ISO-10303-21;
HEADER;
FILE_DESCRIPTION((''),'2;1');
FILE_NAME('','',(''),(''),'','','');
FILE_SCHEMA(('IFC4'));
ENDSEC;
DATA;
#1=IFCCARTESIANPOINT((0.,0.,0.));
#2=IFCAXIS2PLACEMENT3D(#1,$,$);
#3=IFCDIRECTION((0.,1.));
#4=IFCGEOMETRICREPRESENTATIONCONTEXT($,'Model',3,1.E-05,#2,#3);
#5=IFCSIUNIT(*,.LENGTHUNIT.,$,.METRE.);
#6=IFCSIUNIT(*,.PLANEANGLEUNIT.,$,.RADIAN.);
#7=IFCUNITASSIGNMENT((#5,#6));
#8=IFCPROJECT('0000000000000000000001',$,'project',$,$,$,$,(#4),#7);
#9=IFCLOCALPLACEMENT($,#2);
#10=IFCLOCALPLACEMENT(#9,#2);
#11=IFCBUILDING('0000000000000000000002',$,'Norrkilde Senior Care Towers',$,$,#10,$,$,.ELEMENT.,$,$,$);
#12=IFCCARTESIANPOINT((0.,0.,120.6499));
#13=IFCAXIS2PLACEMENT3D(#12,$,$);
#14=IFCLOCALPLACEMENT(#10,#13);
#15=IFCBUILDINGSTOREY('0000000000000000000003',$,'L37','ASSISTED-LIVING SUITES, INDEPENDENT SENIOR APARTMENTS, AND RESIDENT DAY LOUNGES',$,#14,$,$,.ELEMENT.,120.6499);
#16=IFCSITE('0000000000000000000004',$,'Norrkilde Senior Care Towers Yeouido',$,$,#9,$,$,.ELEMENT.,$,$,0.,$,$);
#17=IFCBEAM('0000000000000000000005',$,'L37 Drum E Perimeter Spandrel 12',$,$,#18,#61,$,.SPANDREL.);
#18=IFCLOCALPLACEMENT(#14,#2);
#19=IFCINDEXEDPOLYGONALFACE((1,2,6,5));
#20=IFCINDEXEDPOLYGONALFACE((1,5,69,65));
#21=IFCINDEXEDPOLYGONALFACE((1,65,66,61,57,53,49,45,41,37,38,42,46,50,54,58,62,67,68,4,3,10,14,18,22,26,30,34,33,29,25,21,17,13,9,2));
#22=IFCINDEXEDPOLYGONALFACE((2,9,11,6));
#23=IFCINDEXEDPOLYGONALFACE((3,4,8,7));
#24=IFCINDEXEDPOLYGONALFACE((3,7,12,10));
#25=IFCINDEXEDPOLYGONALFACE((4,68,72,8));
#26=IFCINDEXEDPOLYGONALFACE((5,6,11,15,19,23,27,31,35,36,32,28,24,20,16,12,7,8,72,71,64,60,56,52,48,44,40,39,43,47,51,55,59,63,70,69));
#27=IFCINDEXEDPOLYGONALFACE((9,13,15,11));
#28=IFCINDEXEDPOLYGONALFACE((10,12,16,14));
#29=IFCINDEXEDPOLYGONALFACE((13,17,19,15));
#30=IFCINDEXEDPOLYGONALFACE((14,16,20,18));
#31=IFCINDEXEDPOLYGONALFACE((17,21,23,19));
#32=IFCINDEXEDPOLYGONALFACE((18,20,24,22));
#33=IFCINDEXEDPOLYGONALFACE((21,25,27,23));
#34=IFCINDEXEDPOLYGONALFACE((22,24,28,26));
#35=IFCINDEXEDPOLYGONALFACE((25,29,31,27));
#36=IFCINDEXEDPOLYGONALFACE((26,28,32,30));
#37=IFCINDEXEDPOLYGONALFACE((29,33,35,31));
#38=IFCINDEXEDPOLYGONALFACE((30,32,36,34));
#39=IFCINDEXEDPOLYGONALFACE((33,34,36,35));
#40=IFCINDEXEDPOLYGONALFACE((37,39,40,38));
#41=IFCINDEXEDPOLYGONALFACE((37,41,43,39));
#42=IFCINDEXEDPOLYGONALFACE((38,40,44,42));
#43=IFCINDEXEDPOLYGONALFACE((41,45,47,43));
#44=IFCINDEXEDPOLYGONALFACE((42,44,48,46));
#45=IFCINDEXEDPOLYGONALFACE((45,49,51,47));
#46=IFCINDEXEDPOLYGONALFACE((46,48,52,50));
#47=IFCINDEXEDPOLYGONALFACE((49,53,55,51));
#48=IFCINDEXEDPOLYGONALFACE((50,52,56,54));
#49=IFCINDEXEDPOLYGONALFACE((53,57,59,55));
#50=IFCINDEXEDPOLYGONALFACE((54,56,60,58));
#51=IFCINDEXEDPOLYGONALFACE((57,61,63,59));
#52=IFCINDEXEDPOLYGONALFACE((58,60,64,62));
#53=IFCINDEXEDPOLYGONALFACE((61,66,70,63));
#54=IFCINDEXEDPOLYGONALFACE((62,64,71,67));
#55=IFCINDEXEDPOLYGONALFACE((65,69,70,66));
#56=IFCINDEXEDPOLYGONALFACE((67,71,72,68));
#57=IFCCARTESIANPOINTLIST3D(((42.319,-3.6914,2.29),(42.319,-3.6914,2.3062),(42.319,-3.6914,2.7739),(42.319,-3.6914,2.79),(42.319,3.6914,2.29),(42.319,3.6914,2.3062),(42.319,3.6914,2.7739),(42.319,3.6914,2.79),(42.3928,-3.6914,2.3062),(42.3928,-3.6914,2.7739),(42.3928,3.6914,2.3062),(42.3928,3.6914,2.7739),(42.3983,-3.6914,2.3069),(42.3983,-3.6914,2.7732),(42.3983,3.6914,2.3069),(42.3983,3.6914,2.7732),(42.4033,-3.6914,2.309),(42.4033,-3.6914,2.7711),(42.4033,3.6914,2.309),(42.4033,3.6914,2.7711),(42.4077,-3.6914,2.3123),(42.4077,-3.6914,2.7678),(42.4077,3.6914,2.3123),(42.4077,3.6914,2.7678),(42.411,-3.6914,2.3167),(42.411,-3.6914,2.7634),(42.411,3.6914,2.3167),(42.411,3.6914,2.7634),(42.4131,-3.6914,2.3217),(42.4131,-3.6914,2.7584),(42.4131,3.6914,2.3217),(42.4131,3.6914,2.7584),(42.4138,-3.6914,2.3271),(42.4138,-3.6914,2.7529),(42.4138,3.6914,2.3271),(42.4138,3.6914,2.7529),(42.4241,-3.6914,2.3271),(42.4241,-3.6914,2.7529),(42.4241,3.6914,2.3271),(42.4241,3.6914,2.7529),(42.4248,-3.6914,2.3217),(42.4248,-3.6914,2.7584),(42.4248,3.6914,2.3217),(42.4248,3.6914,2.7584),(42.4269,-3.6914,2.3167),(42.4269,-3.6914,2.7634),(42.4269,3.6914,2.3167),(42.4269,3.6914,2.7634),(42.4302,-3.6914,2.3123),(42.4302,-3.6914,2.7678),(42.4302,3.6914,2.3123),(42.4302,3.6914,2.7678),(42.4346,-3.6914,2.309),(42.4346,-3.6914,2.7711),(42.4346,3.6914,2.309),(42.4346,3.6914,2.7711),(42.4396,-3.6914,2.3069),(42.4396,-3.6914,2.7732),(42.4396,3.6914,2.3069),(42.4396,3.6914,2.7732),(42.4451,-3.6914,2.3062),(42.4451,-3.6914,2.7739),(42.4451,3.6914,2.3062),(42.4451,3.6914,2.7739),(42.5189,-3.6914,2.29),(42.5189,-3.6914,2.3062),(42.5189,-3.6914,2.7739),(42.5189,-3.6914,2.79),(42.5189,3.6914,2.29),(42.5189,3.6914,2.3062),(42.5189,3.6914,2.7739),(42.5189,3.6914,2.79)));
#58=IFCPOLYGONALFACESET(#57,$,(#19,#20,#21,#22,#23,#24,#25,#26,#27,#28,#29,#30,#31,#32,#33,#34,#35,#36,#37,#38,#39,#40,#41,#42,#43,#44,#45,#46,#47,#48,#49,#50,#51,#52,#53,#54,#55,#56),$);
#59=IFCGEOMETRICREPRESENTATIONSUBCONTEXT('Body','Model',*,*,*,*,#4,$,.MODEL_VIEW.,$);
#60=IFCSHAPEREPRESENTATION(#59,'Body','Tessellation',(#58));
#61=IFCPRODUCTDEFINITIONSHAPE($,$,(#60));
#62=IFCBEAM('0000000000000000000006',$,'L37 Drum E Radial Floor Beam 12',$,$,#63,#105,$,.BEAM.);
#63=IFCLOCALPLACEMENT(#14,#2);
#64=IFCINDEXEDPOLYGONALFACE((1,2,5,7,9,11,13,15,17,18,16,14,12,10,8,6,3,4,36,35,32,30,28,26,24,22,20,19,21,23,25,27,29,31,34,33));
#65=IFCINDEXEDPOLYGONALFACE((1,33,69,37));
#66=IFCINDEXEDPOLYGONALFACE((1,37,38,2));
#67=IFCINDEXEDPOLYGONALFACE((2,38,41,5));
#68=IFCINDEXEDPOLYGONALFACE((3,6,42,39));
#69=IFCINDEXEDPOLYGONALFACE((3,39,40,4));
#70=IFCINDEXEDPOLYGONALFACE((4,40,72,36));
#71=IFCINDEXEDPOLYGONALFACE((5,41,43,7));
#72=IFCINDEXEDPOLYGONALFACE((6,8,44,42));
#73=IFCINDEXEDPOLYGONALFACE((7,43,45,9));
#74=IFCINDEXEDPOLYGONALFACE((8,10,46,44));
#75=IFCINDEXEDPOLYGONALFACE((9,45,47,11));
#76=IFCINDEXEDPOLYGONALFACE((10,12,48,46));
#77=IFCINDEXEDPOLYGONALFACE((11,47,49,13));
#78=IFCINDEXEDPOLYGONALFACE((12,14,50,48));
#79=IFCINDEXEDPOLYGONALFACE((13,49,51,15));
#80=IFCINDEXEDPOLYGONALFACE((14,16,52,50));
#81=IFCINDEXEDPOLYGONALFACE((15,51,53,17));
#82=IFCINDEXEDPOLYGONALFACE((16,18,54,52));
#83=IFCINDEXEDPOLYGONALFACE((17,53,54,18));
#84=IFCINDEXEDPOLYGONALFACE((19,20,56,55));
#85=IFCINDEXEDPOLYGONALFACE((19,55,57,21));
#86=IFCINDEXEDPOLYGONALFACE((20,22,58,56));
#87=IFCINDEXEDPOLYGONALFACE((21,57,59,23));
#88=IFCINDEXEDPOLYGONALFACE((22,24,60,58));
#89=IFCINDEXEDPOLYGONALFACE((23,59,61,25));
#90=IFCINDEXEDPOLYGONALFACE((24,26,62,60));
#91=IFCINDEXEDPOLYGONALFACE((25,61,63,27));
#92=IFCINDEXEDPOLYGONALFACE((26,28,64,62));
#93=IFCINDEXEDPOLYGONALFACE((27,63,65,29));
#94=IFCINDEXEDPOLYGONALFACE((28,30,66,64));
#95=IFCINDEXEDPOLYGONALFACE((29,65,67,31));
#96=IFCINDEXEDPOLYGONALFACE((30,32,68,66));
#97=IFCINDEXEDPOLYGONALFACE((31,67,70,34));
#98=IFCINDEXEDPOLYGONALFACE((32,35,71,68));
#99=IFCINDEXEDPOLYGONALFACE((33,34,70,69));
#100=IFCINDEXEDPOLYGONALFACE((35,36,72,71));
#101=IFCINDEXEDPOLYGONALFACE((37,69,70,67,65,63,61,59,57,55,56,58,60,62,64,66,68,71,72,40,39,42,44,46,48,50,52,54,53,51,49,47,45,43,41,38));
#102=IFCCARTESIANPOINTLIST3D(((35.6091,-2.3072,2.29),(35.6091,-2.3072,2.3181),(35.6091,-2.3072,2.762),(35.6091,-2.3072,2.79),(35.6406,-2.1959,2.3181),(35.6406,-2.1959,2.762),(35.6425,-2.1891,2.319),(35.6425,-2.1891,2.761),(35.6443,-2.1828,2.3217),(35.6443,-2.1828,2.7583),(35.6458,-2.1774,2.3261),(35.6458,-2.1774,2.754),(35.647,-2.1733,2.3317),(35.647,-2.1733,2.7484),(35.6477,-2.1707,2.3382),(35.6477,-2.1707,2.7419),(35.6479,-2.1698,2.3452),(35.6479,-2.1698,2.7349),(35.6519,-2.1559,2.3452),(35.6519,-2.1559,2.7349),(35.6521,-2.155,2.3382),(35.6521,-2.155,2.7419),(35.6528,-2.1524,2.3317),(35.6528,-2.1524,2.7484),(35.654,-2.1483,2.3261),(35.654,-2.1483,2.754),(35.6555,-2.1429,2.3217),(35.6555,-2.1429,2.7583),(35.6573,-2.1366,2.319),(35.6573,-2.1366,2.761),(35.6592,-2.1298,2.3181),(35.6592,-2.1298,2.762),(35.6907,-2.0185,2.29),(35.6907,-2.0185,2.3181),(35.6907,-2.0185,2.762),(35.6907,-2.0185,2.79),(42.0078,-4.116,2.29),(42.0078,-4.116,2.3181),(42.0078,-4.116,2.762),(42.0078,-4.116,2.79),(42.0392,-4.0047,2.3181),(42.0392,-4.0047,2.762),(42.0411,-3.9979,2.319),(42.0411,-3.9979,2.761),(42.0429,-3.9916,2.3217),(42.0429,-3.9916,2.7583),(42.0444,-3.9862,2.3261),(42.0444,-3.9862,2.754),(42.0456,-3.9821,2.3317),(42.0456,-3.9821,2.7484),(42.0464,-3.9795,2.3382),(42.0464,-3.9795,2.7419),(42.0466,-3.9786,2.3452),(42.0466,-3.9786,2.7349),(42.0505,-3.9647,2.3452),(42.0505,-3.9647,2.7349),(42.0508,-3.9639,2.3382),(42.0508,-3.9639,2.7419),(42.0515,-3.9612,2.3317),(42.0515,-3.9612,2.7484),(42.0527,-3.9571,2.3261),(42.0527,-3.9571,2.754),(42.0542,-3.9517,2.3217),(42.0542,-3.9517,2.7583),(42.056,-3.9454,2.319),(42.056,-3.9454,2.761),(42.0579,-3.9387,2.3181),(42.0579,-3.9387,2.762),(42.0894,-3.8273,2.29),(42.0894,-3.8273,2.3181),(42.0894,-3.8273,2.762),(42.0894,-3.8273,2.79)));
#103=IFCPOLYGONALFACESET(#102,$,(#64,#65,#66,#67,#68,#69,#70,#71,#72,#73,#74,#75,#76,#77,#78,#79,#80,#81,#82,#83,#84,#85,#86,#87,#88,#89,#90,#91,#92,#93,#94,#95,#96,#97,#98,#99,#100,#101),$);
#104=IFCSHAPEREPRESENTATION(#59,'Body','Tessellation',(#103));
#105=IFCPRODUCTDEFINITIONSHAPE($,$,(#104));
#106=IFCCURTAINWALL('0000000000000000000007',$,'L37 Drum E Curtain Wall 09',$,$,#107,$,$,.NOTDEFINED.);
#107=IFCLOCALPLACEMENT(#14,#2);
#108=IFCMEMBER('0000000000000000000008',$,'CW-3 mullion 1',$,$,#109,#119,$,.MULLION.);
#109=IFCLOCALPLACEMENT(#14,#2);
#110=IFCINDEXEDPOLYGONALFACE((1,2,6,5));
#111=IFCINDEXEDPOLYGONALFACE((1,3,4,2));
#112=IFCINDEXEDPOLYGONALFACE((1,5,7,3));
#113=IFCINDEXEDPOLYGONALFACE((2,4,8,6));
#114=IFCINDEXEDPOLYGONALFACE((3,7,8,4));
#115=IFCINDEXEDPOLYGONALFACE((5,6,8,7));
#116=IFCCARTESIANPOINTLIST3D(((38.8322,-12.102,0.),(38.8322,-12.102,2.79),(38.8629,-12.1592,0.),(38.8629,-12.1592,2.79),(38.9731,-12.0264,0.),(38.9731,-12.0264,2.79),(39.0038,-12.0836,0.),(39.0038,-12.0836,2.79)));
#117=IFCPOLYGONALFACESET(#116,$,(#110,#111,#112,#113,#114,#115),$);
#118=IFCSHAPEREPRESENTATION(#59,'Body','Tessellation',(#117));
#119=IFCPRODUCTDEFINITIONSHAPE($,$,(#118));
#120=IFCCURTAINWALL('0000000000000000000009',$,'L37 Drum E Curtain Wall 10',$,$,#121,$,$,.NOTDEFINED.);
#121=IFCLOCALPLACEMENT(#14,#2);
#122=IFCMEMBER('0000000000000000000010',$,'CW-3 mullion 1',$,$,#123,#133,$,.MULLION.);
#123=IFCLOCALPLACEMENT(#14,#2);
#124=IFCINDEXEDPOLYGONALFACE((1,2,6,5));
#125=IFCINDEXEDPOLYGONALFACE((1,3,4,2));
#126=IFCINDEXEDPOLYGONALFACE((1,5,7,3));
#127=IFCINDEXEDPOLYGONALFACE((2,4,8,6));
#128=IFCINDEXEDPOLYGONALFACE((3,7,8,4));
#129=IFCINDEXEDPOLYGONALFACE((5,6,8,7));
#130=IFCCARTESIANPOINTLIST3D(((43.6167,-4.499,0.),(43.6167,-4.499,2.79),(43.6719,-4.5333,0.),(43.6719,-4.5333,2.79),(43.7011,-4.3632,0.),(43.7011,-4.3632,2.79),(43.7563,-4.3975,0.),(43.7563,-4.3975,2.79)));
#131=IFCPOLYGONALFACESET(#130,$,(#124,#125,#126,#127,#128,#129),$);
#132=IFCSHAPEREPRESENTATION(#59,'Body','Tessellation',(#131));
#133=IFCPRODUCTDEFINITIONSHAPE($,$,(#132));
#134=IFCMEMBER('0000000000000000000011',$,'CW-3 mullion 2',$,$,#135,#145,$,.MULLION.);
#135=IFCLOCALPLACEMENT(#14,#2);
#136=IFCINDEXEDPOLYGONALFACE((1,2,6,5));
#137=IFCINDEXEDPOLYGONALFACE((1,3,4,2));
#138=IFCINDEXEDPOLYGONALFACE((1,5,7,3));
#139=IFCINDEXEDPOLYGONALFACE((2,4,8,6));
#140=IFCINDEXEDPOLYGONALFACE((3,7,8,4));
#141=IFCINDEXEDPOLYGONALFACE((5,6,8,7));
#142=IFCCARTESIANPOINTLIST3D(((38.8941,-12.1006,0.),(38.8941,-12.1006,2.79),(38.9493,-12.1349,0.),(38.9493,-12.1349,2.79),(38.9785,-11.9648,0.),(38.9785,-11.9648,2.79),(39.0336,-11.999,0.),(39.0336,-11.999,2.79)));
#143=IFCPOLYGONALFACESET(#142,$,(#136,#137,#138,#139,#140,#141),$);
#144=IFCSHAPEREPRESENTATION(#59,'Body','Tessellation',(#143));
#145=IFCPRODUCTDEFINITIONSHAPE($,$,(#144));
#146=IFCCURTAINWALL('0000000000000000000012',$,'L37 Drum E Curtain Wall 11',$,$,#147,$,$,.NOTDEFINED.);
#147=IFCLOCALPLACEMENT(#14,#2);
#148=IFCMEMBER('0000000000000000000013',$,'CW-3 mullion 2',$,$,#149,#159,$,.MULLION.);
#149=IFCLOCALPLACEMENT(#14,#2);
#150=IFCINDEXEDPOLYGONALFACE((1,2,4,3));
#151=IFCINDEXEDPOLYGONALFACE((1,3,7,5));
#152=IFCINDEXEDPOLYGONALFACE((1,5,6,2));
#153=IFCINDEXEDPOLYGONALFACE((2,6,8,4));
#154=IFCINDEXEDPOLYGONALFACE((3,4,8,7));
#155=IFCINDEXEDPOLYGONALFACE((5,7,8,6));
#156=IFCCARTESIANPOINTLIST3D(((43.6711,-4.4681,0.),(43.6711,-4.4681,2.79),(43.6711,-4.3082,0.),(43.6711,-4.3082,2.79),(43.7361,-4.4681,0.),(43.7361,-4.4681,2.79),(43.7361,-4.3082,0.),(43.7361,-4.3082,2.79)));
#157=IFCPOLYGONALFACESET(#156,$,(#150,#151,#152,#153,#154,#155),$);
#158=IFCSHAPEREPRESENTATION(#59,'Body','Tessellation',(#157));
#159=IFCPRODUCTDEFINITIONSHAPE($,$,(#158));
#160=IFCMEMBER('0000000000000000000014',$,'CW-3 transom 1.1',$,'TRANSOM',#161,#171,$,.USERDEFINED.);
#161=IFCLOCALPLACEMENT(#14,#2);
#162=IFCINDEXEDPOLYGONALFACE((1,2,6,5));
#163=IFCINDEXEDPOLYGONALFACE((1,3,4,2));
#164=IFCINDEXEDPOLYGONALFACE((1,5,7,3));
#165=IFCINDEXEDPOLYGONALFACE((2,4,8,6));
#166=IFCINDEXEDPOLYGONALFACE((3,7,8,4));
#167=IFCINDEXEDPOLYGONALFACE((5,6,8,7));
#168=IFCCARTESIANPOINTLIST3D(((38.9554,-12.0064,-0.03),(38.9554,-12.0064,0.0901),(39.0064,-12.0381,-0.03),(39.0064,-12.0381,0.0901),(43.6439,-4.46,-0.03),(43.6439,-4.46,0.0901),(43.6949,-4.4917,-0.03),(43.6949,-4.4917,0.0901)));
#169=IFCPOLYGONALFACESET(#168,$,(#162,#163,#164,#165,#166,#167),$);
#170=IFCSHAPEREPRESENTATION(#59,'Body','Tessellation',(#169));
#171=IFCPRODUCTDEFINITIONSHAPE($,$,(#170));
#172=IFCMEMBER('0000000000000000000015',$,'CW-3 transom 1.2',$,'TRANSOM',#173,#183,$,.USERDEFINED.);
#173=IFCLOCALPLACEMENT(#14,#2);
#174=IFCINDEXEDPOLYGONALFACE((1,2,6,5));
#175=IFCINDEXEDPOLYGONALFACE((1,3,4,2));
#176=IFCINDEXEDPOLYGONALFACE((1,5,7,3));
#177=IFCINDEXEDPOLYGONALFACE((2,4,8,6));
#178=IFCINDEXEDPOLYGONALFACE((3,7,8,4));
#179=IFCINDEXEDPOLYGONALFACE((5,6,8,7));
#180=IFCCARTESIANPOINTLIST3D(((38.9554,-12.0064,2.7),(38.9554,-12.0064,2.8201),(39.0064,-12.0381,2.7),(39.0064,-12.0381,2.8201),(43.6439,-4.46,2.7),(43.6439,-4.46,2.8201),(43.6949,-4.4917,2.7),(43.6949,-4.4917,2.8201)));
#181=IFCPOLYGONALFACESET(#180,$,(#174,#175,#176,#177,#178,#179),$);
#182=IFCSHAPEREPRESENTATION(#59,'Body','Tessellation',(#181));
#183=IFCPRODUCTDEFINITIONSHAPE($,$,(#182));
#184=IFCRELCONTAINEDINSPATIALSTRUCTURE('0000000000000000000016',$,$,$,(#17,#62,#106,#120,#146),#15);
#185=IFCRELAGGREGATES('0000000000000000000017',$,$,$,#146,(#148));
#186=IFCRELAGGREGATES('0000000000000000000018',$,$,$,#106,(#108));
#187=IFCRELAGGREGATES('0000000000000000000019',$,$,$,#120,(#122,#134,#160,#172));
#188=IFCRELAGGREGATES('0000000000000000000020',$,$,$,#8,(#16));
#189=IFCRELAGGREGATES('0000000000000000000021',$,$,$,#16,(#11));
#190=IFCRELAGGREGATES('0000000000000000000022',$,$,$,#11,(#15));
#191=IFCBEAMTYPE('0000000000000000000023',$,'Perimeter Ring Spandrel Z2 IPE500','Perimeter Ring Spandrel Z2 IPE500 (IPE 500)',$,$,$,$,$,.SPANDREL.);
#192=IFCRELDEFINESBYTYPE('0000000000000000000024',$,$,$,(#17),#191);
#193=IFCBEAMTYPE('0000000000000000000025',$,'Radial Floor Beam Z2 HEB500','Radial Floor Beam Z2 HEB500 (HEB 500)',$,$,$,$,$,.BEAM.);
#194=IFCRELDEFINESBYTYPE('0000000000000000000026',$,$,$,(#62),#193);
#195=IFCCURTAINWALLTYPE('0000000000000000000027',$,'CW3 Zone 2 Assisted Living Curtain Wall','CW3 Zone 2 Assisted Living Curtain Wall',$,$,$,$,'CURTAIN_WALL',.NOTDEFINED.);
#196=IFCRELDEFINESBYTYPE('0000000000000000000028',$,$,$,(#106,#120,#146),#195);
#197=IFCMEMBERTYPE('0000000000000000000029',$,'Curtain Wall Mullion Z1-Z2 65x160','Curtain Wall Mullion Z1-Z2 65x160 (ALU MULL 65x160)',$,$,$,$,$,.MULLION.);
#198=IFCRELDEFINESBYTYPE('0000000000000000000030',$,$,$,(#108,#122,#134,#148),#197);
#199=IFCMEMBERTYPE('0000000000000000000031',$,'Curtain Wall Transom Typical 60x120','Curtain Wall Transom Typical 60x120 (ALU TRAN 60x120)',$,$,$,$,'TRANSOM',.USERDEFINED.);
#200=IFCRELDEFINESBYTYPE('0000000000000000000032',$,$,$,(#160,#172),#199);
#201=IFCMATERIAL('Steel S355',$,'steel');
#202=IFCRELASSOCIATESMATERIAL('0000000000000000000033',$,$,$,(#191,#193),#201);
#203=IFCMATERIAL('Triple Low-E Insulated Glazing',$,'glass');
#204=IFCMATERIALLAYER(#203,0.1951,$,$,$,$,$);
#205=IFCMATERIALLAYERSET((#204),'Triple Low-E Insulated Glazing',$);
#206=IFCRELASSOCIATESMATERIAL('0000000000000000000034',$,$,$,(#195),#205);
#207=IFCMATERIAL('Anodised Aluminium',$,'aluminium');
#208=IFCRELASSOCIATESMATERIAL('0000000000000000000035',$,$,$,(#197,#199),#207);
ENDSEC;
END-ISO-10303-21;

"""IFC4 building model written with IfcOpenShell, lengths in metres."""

from ifc_helpers import new_model, si_unit, direction, frame, origin, origin_2d, place, context, subcontext, project, spatial, rectangle, i_section, extrude, source, transform, mapped, material, layer, layer_set, material_profile, profile_set, type_object, type_shapes, element, aggregate, save


model = new_model("IFC4")

# Units and contexts
model_context = context("Model", 3, precision=1e-05, world=origin(), true_north=direction((0.0, 1.0)))
body_context = subcontext(model_context, "Body", "Model", "MODEL_VIEW")
ifc_project = project(units=[si_unit("LENGTHUNIT", "METRE"), si_unit("PLANEANGLEUNIT", "RADIAN")], contexts=[model_context])

# Site, building, storey
site_placement = place(None, origin())
site = spatial("IfcSite", under=ifc_project, at=site_placement, Name="Norrkilde Senior Care Towers Yeouido", CompositionType="ELEMENT", RefElevation=0.0)
building_placement = place(site_placement, origin())
building = spatial("IfcBuilding", under=site, at=building_placement, Name="Norrkilde Senior Care Towers", CompositionType="ELEMENT")
storey_placement = place(building_placement, frame((0.0, 0.0, 120.6499)))
storey = spatial("IfcBuildingStorey", under=building, at=storey_placement, Name="L37", Description="ASSISTED-LIVING SUITES, INDEPENDENT SENIOR APARTMENTS, AND RESIDENT DAY LOUNGES", CompositionType="ELEMENT", Elevation=120.6499)

# Beams
ifc_material_1 = material(Name="Steel S355", Category="steel")
ifc_material_profile_1 = material_profile(ifc_material_1, i_section(OverallWidth=0.2, OverallDepth=0.5, WebThickness=0.0103, FlangeThickness=0.0161, FilletRadius=0.021, at=origin_2d()), Name="IPE 500")
ifc_profile_set_1 = profile_set([ifc_material_profile_1], Name="Steel S355")
beam_type_1 = type_object("IfcBeamType", Name="Perimeter Ring Spandrel Z2 IPE500", Description="Perimeter Ring Spandrel Z2 IPE500 (IPE 500)", PredefinedType="SPANDREL", material=ifc_profile_set_1)
shared_shape_1 = source(origin(), body_context, "Body", "SweptSolid", [
    extrude(i_section(OverallWidth=0.2, OverallDepth=0.5, WebThickness=0.0103, FlangeThickness=0.0161, FilletRadius=0.021, at=origin_2d()), origin(), (0.0, 0.0, 1.0), 7.3828),
])
beam_1_placement = place(storey_placement, frame((42.4189, -3.6914, 2.54), z_axis=(0.0, 1.0, 0.0), x_axis=(-1.0, 0.0, 0.0)))
element("IfcBeam", 1, at=beam_1_placement, inside=storey, type_object=beam_type_1, Name="L37 Drum E Perimeter Spandrel 12", PredefinedType="SPANDREL", context=body_context, shape_type="MappedRepresentation", body=[
    mapped(shared_shape_1, transform((0.0, 0.0, 0.0), x_axis=(1.0, 0.0, 0.0), y_axis=(0.0, 1.0, 0.0), z_axis=(0.0, 0.0, 1.0), scale=1.0)),
])
ifc_material_profile_2 = material_profile(ifc_material_1, i_section(OverallWidth=0.3, OverallDepth=0.5, WebThickness=0.0144, FlangeThickness=0.0281, FilletRadius=0.0271, at=origin_2d()), Name="HEB 500")
ifc_profile_set_2 = profile_set([ifc_material_profile_2], Name="Steel S355")
beam_type_2 = type_object("IfcBeamType", Name="Radial Floor Beam Z2 HEB500", Description="Radial Floor Beam Z2 HEB500 (HEB 500)", PredefinedType="BEAM", material=ifc_profile_set_2)
shared_shape_2 = source(origin(), body_context, "Body", "SweptSolid", [
    extrude(i_section(OverallWidth=0.3, OverallDepth=0.5, WebThickness=0.0144, FlangeThickness=0.0281, FilletRadius=0.0271, at=origin_2d()), origin(), (0.0, 0.0, 1.0), 6.6494),
])
type_shapes(beam_type_2, [shared_shape_2])
beam_2_placement = place(storey_placement, frame((35.6499, -2.1628, 2.54), z_axis=(0.962289, -0.272029, 0.0), x_axis=(0.272029, 0.962289, 0.0)))
element("IfcBeam", 2, at=beam_2_placement, inside=storey, type_object=beam_type_2, Name="L37 Drum E Radial Floor Beam 12", PredefinedType="BEAM", context=body_context, shape_type="MappedRepresentation", body=[
    mapped(shared_shape_2, transform((0.0, 0.0, 0.0), x_axis=(1.0, 0.0, 0.0), y_axis=(0.0, 1.0, 0.0), z_axis=(0.0, 0.0, 1.0), scale=1.0)),
])

# Curtain wall, member
ifc_material_2 = material(Name="Triple Low-E Insulated Glazing", Category="glass")
ifc_layer_1 = layer(ifc_material_2, 0.1951)
ifc_layer_set_1 = layer_set([ifc_layer_1], Name="Triple Low-E Insulated Glazing")
curtain_wall_type = type_object("IfcCurtainWallType", Name="CW3 Zone 2 Assisted Living Curtain Wall", Description="CW3 Zone 2 Assisted Living Curtain Wall", ElementType="CURTAIN_WALL", PredefinedType="NOTDEFINED", material=ifc_layer_set_1)
curtain_wall_1_placement = place(storey_placement, origin())
curtain_wall_1 = element("IfcCurtainWall", 3, at=curtain_wall_1_placement, inside=storey, type_object=curtain_wall_type, Name="L37 Drum E Curtain Wall 09", PredefinedType="NOTDEFINED")
ifc_material_3 = material(Name="Anodised Aluminium", Category="aluminium")
ifc_material_profile_3 = material_profile(ifc_material_3, rectangle(XDim=0.0649, YDim=0.1599, at=origin_2d()), Name="ALU MULL 65x160")
ifc_profile_set_3 = profile_set([ifc_material_profile_3], Name="Anodised Aluminium")
member_type_1 = type_object("IfcMemberType", Name="Curtain Wall Mullion Z1-Z2 65x160", Description="Curtain Wall Mullion Z1-Z2 65x160 (ALU MULL 65x160)", PredefinedType="MULLION", material=ifc_profile_set_3)
shared_shape_3 = source(origin(), body_context, "Body", "SweptSolid", [
    extrude(rectangle(XDim=0.0649, YDim=0.1599, at=origin_2d()), origin(), (0.0, 0.0, 1.0), 2.79),
])
type_shapes(member_type_1, [shared_shape_3])
member_1_placement = place(storey_placement, frame((38.918, -12.0928, 0.0), z_axis=(0.0, 0.0, 1.0), x_axis=(0.472769, -0.881186, 0.0)))
member_1 = element("IfcMember", 4, at=member_1_placement, type_object=member_type_1, Name="CW-3 mullion 1", PredefinedType="MULLION", context=body_context, shape_type="MappedRepresentation", body=[
    mapped(shared_shape_3, transform((0.0, 0.0, 0.0), x_axis=(1.0, 0.0, 0.0), y_axis=(0.0, 1.0, 0.0), z_axis=(0.0, 0.0, 1.0), scale=1.0)),
])

# Curtain wall, members
curtain_wall_2_placement = place(storey_placement, origin())
curtain_wall_2 = element("IfcCurtainWall", 5, at=curtain_wall_2_placement, inside=storey, type_object=curtain_wall_type, Name="L37 Drum E Curtain Wall 10", PredefinedType="NOTDEFINED")
member_2_placement = place(storey_placement, frame((43.6865, -4.4482, 0.0), z_axis=(0.0, 0.0, 1.0), x_axis=(0.84941, -0.527733, 0.0)))
member_2 = element("IfcMember", 6, at=member_2_placement, type_object=member_type_1, Name="CW-3 mullion 1", PredefinedType="MULLION", context=body_context, shape_type="MappedRepresentation", body=[
    mapped(shared_shape_3, transform((0.0, 0.0, 0.0), x_axis=(1.0, 0.0, 0.0), y_axis=(0.0, 1.0, 0.0), z_axis=(0.0, 0.0, 1.0), scale=1.0)),
])
member_3_placement = place(storey_placement, frame((38.9639, -12.0498, 0.0), z_axis=(0.0, 0.0, 1.0), x_axis=(0.84941, -0.527733, 0.0)))
member_3 = element("IfcMember", 7, at=member_3_placement, type_object=member_type_1, Name="CW-3 mullion 2", PredefinedType="MULLION", context=body_context, shape_type="MappedRepresentation", body=[
    mapped(shared_shape_3, transform((0.0, 0.0, 0.0), x_axis=(1.0, 0.0, 0.0), y_axis=(0.0, 1.0, 0.0), z_axis=(0.0, 0.0, 1.0), scale=1.0)),
])

# Curtain wall, member
curtain_wall_3_placement = place(storey_placement, origin())
curtain_wall_3 = element("IfcCurtainWall", 8, at=curtain_wall_3_placement, inside=storey, type_object=curtain_wall_type, Name="L37 Drum E Curtain Wall 11", PredefinedType="NOTDEFINED")
member_4_placement = place(storey_placement, frame((43.7036, -4.3882, 0.0), z_axis=(0.0, 0.0, 1.0), x_axis=(1.0, 0.0, 0.0)))
member_4 = element("IfcMember", 9, at=member_4_placement, type_object=member_type_1, Name="CW-3 mullion 2", PredefinedType="MULLION", context=body_context, shape_type="MappedRepresentation", body=[
    mapped(shared_shape_3, transform((0.0, 0.0, 0.0), x_axis=(1.0, 0.0, 0.0), y_axis=(0.0, 1.0, 0.0), z_axis=(0.0, 0.0, 1.0), scale=1.0)),
])
aggregate(curtain_wall_3, [member_4])

# Members
ifc_material_profile_4 = material_profile(ifc_material_3, rectangle(XDim=0.0601, YDim=0.1201, at=origin_2d()), Name="ALU TRAN 60x120")
ifc_profile_set_4 = profile_set([ifc_material_profile_4], Name="Anodised Aluminium")
member_type_2 = type_object("IfcMemberType", Name="Curtain Wall Transom Typical 60x120", Description="Curtain Wall Transom Typical 60x120 (ALU TRAN 60x120)", ElementType="TRANSOM", PredefinedType="USERDEFINED", material=ifc_profile_set_4)
shared_shape_4 = source(origin(), body_context, "Body", "SweptSolid", [
    extrude(rectangle(XDim=0.0601, YDim=0.1201, at=origin_2d()), origin(), (0.0, 0.0, 1.0), 8.8843),
])
member_5_placement = place(storey_placement, frame((43.6694, -4.4758, 0.03), z_axis=(-0.527729, -0.849413, 0.0), x_axis=(0.849413, -0.527729, 0.0)))
member_5 = element("IfcMember", 10, at=member_5_placement, type_object=member_type_2, Name="CW-3 transom 1.1", ObjectType="TRANSOM", PredefinedType="USERDEFINED", context=body_context, shape_type="MappedRepresentation", body=[
    mapped(shared_shape_4, transform((0.0, 0.0, 0.0), x_axis=(1.0, 0.0, 0.0), y_axis=(0.0, 1.0, 0.0), z_axis=(0.0, 0.0, 1.0), scale=1.0)),
])
member_6_placement = place(storey_placement, frame((43.6694, -4.4758, 2.76), z_axis=(-0.527729, -0.849413, 0.0), x_axis=(0.849413, -0.527729, 0.0)))
member_6 = element("IfcMember", 11, at=member_6_placement, type_object=member_type_2, Name="CW-3 transom 1.2", ObjectType="TRANSOM", PredefinedType="USERDEFINED", context=body_context, shape_type="MappedRepresentation", body=[
    mapped(shared_shape_4, transform((0.0, 0.0, 0.0), x_axis=(1.0, 0.0, 0.0), y_axis=(0.0, 1.0, 0.0), z_axis=(0.0, 0.0, 1.0), scale=1.0)),
])
aggregate(curtain_wall_1, [member_1])

aggregate(curtain_wall_2, [member_2, member_3, member_5, member_6])

save(model, "model.ifc")
